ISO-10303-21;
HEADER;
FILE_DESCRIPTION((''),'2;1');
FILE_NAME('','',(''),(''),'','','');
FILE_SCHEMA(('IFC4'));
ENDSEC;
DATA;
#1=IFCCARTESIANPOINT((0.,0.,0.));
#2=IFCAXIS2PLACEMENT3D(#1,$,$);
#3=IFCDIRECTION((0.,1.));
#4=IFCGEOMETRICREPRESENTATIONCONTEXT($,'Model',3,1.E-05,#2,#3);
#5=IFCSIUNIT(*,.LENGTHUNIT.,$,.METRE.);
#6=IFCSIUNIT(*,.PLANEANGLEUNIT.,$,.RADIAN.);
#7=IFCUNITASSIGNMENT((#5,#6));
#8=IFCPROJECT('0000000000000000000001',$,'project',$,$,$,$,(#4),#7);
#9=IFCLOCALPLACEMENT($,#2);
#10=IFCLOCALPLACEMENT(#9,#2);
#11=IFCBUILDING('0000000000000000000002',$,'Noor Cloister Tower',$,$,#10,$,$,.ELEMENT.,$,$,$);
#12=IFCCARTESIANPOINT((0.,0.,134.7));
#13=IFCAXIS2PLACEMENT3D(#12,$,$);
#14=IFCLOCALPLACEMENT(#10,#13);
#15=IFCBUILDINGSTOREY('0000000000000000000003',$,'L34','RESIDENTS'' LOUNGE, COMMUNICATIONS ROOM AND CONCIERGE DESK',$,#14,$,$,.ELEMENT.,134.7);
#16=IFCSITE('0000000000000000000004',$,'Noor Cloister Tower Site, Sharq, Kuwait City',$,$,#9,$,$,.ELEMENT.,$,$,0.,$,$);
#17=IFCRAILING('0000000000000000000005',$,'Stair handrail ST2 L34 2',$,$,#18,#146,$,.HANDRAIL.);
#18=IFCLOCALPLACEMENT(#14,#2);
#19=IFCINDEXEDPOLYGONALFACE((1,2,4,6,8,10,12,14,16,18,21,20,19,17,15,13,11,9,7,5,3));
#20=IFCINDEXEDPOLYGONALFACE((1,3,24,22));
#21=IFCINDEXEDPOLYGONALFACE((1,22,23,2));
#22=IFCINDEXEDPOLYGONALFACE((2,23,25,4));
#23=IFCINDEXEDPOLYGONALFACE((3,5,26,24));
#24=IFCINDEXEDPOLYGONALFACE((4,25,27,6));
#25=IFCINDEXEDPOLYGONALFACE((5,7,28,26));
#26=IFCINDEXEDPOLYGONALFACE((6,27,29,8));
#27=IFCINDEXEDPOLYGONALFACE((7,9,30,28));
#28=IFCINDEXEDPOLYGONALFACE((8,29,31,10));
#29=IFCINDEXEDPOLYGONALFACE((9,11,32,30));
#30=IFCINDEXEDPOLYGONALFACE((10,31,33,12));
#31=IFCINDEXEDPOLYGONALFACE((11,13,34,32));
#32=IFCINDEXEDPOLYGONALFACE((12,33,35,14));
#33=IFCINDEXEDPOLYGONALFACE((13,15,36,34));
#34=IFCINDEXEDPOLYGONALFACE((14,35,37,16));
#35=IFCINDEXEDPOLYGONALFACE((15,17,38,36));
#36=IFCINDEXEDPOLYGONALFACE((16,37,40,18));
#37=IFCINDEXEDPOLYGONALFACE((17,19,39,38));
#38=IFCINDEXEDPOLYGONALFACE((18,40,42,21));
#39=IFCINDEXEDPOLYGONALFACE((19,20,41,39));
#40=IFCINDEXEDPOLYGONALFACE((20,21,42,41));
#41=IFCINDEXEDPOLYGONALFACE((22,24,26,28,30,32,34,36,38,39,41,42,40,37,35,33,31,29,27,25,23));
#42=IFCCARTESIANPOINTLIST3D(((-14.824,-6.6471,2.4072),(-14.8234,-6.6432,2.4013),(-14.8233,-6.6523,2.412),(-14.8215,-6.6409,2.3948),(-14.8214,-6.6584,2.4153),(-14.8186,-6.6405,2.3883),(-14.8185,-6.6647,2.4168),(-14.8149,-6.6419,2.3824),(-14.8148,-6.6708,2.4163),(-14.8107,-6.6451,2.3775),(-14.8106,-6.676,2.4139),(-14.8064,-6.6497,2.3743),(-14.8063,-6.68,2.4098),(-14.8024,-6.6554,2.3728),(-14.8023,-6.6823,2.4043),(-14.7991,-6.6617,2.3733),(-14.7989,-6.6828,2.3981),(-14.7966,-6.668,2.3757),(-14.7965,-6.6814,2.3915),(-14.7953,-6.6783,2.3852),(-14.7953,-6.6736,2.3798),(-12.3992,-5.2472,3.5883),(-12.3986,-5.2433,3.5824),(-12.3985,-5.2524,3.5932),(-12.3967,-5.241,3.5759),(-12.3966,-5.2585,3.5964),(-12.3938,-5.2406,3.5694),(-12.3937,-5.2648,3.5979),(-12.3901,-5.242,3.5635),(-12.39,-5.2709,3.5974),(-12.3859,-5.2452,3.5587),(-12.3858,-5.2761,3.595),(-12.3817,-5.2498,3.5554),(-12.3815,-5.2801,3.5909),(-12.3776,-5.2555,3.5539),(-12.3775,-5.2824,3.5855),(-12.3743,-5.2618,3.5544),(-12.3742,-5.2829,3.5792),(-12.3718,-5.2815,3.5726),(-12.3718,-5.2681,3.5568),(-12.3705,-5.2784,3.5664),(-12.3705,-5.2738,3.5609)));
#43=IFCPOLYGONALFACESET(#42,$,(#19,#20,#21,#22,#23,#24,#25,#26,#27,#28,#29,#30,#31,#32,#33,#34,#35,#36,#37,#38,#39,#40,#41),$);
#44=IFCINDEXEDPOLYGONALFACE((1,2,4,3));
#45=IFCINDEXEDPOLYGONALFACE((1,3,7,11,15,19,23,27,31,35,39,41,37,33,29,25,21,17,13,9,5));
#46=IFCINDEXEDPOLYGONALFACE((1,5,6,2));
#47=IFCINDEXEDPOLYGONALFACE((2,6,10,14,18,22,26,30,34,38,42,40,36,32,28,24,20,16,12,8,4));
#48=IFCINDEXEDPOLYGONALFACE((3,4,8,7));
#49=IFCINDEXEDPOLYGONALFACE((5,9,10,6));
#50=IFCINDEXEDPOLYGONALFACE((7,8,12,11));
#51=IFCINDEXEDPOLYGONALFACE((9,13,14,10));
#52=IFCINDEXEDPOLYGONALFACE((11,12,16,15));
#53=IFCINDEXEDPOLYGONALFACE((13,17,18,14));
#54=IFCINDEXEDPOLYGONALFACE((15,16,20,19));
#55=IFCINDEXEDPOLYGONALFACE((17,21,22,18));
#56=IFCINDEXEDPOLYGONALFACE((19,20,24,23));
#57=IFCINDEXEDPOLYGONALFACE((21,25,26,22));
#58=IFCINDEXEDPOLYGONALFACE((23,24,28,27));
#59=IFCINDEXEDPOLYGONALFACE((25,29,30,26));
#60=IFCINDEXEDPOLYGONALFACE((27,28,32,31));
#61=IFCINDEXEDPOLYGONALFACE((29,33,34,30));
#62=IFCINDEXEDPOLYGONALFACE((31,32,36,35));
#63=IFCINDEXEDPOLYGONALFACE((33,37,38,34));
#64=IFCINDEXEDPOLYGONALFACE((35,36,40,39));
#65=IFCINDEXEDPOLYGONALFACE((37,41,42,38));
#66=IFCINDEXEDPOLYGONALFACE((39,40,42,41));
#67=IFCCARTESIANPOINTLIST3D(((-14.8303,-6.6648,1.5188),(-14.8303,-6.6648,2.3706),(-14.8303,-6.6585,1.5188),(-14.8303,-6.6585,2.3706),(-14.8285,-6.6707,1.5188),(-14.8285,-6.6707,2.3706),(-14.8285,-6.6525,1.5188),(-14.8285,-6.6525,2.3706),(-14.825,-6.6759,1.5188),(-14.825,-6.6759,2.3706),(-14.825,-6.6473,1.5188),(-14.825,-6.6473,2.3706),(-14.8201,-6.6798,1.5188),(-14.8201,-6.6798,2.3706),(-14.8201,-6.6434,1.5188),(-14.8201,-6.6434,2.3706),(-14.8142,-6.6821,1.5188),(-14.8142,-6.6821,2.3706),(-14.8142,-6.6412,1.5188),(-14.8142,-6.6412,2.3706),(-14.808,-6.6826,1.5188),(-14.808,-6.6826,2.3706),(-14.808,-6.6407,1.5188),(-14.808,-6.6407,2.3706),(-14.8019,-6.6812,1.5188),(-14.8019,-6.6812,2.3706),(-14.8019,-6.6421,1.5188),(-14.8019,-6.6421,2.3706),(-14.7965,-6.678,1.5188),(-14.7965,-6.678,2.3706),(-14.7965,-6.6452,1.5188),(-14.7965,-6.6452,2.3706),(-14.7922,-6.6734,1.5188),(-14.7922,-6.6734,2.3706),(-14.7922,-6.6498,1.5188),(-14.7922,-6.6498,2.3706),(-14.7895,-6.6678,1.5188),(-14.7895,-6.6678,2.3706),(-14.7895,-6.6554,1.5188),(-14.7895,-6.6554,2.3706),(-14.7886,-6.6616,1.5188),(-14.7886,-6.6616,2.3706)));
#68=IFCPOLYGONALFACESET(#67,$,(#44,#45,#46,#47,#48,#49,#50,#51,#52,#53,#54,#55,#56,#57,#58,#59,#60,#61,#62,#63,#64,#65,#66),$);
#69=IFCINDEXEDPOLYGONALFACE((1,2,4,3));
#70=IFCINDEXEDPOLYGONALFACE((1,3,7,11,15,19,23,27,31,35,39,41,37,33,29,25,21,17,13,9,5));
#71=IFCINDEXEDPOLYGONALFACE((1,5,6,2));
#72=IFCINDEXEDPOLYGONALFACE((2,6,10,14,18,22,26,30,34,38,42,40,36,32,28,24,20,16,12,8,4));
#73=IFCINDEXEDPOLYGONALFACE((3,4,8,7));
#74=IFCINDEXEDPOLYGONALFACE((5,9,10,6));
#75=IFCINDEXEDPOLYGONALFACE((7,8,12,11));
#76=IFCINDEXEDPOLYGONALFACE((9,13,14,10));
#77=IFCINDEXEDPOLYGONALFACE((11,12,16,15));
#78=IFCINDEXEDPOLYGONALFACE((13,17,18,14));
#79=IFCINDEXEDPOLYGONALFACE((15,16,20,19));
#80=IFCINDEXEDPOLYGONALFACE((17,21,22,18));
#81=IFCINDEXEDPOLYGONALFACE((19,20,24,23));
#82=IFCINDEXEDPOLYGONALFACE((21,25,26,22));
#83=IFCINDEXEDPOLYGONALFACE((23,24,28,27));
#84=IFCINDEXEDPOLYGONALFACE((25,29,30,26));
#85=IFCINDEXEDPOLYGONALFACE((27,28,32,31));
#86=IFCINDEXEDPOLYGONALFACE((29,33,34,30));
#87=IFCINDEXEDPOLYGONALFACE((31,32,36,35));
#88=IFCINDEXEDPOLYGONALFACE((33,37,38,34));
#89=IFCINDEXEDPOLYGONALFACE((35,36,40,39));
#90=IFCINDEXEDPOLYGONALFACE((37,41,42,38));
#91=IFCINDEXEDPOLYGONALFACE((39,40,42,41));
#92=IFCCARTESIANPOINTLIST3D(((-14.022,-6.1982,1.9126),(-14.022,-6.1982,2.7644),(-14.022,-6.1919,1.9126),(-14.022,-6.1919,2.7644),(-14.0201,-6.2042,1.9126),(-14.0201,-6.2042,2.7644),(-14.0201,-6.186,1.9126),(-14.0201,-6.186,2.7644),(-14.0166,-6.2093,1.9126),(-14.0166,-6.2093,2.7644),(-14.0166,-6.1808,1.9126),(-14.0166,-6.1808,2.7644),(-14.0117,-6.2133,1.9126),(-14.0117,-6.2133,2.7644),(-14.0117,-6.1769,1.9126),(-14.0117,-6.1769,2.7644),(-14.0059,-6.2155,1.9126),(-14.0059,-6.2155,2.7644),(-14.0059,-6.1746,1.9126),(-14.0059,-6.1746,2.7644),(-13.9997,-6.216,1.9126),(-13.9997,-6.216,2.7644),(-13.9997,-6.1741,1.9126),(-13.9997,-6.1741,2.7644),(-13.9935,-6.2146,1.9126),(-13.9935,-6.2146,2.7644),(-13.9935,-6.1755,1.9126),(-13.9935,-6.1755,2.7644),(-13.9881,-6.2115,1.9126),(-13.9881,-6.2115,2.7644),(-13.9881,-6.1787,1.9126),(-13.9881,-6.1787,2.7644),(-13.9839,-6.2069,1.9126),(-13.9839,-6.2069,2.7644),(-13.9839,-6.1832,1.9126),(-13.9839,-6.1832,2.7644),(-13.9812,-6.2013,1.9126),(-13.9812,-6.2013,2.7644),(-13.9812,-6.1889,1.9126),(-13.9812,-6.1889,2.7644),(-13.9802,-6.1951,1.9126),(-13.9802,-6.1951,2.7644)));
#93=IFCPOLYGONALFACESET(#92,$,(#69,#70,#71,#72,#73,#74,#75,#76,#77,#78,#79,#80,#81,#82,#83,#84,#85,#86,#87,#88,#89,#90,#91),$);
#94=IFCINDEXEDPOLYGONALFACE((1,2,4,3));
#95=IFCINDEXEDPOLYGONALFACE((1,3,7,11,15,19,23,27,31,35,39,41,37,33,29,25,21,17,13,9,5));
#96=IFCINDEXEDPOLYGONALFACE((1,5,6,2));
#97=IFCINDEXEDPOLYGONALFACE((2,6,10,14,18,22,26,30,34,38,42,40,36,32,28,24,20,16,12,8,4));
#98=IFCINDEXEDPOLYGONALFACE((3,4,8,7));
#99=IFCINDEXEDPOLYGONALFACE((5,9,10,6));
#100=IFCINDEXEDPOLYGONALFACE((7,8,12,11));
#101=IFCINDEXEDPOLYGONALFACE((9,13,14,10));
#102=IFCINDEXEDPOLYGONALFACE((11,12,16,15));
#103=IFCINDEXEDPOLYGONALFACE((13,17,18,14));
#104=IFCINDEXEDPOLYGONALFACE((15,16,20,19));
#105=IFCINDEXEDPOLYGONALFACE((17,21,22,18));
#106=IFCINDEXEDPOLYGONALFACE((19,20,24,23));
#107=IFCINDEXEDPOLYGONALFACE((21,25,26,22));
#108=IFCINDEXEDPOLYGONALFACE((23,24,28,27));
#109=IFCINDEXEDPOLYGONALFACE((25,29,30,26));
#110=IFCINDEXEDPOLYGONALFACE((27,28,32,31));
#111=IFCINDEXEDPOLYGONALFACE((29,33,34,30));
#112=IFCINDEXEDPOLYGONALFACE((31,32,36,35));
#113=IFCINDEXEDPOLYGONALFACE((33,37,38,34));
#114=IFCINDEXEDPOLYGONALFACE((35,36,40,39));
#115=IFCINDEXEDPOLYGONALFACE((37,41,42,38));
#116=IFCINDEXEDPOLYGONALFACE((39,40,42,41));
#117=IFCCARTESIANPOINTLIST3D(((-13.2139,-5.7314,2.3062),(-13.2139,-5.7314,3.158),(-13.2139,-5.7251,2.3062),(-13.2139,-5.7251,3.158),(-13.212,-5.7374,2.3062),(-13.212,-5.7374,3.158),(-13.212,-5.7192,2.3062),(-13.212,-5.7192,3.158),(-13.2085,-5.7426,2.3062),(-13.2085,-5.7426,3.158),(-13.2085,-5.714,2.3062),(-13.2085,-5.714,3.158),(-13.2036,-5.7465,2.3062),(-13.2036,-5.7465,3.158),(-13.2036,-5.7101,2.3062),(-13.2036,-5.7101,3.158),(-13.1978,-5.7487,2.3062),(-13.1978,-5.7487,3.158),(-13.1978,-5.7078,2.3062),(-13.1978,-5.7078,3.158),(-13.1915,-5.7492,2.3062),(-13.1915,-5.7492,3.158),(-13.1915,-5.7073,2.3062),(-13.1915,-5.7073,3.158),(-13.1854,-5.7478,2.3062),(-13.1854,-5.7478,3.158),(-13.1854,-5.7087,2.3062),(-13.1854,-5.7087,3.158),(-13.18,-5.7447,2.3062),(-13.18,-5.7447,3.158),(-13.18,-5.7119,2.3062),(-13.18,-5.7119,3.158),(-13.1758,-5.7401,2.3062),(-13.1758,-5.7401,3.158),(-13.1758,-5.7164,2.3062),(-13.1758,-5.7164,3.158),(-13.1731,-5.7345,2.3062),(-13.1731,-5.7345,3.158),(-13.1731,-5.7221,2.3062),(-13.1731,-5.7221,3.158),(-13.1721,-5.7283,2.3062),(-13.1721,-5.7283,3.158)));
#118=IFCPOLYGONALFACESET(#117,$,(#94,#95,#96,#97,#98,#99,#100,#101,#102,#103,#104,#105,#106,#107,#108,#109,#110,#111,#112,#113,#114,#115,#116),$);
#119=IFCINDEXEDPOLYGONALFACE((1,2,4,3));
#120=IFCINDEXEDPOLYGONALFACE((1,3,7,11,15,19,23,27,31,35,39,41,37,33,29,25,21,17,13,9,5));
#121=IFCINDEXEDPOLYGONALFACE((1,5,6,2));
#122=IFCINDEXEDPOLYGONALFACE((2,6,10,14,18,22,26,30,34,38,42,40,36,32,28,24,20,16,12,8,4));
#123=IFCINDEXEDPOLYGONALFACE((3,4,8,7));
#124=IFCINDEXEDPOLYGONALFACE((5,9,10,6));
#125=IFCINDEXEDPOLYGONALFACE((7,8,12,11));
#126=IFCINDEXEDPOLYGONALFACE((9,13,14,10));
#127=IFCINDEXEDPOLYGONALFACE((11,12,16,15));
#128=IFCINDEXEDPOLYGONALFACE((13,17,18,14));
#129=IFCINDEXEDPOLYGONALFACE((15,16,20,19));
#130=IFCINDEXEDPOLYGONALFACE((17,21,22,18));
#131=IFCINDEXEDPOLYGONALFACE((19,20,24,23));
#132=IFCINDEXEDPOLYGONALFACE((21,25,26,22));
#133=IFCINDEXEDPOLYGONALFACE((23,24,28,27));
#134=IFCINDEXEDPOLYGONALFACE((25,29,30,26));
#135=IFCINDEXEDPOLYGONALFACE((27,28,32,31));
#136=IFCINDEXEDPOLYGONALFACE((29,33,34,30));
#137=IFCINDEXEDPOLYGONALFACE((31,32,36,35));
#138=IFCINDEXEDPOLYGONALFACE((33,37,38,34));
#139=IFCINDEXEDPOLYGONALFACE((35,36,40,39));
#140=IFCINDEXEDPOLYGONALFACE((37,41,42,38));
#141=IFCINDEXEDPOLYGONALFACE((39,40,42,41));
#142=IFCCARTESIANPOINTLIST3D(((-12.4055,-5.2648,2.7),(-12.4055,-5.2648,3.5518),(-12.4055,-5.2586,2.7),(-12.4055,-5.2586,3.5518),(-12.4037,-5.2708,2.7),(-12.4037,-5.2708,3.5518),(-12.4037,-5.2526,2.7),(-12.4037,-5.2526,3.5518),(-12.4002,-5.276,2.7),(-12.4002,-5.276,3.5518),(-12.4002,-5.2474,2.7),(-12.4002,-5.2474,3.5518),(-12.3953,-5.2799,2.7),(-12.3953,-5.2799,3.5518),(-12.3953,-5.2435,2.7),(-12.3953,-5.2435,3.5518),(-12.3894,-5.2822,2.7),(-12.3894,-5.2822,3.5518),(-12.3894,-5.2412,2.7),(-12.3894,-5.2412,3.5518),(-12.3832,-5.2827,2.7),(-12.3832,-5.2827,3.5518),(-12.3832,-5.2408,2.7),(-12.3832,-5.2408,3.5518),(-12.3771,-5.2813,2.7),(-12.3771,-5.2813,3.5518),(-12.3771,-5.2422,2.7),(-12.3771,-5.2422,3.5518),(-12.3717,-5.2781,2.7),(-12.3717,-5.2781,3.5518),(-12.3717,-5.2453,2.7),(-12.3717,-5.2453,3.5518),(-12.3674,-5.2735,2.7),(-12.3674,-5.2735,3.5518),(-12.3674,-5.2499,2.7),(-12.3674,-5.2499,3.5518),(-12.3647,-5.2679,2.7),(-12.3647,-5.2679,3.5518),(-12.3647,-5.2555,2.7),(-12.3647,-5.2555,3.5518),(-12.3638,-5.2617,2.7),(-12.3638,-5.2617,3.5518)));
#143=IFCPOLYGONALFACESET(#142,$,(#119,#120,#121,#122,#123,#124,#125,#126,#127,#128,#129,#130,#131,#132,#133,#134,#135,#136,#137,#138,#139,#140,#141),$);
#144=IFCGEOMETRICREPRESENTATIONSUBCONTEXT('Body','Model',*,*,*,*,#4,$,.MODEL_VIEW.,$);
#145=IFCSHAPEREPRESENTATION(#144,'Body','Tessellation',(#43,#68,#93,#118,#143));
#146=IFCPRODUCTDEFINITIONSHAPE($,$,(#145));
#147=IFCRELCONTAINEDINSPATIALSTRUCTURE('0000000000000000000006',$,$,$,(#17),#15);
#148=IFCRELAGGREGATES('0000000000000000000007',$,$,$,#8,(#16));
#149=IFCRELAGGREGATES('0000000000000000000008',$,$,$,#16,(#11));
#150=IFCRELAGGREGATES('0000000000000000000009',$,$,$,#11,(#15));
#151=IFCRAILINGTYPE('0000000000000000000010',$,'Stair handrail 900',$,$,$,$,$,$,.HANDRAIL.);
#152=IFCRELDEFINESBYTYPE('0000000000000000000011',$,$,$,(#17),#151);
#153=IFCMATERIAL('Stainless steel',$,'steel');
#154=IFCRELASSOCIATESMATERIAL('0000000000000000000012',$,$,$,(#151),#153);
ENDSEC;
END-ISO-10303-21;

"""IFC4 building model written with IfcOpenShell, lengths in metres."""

from ifc_helpers import new_model, si_unit, direction, frame, origin, origin_2d, place, context, subcontext, project, spatial, circle, extrude, material, type_object, element, save


model = new_model("IFC4")

# Units and contexts
model_context = context("Model", 3, precision=1e-05, world=origin(), true_north=direction((0.0, 1.0)))
body_context = subcontext(model_context, "Body", "Model", "MODEL_VIEW")
ifc_project = project(units=[si_unit("LENGTHUNIT", "METRE"), si_unit("PLANEANGLEUNIT", "RADIAN")], contexts=[model_context])

# Site, building, storey
site_placement = place(None, origin())
site = spatial("IfcSite", under=ifc_project, at=site_placement, Name="Noor Cloister Tower Site, Sharq, Kuwait City", CompositionType="ELEMENT", RefElevation=0.0)
building_placement = place(site_placement, origin())
building = spatial("IfcBuilding", under=site, at=building_placement, Name="Noor Cloister Tower", CompositionType="ELEMENT")
storey_placement = place(building_placement, frame((0.0, 0.0, 134.7)))
storey = spatial("IfcBuildingStorey", under=building, at=storey_placement, Name="L34", Description="RESIDENTS' LOUNGE, COMMUNICATIONS ROOM AND CONCIERGE DESK", CompositionType="ELEMENT", Elevation=134.7)

# Railing
ifc_material_1 = material(Name="Stainless steel", Category="steel")
railing_type = type_object("IfcRailingType", Name="Stair handrail 900", PredefinedType="HANDRAIL", material=ifc_material_1)
railing_1_placement = place(storey_placement, frame((-14.8096, -6.6616, 1.5188)))
element("IfcRailing", 1, at=railing_1_placement, inside=storey, type_object=railing_type, Name="Stair handrail ST2 L34 2", PredefinedType="HANDRAIL", context=body_context, shape_type="SweptSolid", body=[
    extrude(circle(Radius=0.0239, at=origin_2d()), frame((0.0, 0.0, 0.876), z_axis=(0.797939, 0.460671, 0.388686), x_axis=(-0.499984, 0.866035, 0.0)), (0.0, 0.0, 1.0), 3.0388),
    extrude(circle(Radius=0.021, at=origin_2d()), origin(), (0.0, 0.0, 1.0), 0.8518),
    extrude(circle(Radius=0.021, at=origin_2d()), frame((0.8083, 0.4666, 0.3938)), (0.0, 0.0, 1.0), 0.8518),
    extrude(circle(Radius=0.021, at=origin_2d()), frame((1.6165, 0.9333, 0.7874)), (0.0, 0.0, 1.0), 0.8518),
    extrude(circle(Radius=0.021, at=origin_2d()), frame((2.4248, 1.3999, 1.1812)), (0.0, 0.0, 1.0), 0.8518),
])

save(model, "model.ifc")
